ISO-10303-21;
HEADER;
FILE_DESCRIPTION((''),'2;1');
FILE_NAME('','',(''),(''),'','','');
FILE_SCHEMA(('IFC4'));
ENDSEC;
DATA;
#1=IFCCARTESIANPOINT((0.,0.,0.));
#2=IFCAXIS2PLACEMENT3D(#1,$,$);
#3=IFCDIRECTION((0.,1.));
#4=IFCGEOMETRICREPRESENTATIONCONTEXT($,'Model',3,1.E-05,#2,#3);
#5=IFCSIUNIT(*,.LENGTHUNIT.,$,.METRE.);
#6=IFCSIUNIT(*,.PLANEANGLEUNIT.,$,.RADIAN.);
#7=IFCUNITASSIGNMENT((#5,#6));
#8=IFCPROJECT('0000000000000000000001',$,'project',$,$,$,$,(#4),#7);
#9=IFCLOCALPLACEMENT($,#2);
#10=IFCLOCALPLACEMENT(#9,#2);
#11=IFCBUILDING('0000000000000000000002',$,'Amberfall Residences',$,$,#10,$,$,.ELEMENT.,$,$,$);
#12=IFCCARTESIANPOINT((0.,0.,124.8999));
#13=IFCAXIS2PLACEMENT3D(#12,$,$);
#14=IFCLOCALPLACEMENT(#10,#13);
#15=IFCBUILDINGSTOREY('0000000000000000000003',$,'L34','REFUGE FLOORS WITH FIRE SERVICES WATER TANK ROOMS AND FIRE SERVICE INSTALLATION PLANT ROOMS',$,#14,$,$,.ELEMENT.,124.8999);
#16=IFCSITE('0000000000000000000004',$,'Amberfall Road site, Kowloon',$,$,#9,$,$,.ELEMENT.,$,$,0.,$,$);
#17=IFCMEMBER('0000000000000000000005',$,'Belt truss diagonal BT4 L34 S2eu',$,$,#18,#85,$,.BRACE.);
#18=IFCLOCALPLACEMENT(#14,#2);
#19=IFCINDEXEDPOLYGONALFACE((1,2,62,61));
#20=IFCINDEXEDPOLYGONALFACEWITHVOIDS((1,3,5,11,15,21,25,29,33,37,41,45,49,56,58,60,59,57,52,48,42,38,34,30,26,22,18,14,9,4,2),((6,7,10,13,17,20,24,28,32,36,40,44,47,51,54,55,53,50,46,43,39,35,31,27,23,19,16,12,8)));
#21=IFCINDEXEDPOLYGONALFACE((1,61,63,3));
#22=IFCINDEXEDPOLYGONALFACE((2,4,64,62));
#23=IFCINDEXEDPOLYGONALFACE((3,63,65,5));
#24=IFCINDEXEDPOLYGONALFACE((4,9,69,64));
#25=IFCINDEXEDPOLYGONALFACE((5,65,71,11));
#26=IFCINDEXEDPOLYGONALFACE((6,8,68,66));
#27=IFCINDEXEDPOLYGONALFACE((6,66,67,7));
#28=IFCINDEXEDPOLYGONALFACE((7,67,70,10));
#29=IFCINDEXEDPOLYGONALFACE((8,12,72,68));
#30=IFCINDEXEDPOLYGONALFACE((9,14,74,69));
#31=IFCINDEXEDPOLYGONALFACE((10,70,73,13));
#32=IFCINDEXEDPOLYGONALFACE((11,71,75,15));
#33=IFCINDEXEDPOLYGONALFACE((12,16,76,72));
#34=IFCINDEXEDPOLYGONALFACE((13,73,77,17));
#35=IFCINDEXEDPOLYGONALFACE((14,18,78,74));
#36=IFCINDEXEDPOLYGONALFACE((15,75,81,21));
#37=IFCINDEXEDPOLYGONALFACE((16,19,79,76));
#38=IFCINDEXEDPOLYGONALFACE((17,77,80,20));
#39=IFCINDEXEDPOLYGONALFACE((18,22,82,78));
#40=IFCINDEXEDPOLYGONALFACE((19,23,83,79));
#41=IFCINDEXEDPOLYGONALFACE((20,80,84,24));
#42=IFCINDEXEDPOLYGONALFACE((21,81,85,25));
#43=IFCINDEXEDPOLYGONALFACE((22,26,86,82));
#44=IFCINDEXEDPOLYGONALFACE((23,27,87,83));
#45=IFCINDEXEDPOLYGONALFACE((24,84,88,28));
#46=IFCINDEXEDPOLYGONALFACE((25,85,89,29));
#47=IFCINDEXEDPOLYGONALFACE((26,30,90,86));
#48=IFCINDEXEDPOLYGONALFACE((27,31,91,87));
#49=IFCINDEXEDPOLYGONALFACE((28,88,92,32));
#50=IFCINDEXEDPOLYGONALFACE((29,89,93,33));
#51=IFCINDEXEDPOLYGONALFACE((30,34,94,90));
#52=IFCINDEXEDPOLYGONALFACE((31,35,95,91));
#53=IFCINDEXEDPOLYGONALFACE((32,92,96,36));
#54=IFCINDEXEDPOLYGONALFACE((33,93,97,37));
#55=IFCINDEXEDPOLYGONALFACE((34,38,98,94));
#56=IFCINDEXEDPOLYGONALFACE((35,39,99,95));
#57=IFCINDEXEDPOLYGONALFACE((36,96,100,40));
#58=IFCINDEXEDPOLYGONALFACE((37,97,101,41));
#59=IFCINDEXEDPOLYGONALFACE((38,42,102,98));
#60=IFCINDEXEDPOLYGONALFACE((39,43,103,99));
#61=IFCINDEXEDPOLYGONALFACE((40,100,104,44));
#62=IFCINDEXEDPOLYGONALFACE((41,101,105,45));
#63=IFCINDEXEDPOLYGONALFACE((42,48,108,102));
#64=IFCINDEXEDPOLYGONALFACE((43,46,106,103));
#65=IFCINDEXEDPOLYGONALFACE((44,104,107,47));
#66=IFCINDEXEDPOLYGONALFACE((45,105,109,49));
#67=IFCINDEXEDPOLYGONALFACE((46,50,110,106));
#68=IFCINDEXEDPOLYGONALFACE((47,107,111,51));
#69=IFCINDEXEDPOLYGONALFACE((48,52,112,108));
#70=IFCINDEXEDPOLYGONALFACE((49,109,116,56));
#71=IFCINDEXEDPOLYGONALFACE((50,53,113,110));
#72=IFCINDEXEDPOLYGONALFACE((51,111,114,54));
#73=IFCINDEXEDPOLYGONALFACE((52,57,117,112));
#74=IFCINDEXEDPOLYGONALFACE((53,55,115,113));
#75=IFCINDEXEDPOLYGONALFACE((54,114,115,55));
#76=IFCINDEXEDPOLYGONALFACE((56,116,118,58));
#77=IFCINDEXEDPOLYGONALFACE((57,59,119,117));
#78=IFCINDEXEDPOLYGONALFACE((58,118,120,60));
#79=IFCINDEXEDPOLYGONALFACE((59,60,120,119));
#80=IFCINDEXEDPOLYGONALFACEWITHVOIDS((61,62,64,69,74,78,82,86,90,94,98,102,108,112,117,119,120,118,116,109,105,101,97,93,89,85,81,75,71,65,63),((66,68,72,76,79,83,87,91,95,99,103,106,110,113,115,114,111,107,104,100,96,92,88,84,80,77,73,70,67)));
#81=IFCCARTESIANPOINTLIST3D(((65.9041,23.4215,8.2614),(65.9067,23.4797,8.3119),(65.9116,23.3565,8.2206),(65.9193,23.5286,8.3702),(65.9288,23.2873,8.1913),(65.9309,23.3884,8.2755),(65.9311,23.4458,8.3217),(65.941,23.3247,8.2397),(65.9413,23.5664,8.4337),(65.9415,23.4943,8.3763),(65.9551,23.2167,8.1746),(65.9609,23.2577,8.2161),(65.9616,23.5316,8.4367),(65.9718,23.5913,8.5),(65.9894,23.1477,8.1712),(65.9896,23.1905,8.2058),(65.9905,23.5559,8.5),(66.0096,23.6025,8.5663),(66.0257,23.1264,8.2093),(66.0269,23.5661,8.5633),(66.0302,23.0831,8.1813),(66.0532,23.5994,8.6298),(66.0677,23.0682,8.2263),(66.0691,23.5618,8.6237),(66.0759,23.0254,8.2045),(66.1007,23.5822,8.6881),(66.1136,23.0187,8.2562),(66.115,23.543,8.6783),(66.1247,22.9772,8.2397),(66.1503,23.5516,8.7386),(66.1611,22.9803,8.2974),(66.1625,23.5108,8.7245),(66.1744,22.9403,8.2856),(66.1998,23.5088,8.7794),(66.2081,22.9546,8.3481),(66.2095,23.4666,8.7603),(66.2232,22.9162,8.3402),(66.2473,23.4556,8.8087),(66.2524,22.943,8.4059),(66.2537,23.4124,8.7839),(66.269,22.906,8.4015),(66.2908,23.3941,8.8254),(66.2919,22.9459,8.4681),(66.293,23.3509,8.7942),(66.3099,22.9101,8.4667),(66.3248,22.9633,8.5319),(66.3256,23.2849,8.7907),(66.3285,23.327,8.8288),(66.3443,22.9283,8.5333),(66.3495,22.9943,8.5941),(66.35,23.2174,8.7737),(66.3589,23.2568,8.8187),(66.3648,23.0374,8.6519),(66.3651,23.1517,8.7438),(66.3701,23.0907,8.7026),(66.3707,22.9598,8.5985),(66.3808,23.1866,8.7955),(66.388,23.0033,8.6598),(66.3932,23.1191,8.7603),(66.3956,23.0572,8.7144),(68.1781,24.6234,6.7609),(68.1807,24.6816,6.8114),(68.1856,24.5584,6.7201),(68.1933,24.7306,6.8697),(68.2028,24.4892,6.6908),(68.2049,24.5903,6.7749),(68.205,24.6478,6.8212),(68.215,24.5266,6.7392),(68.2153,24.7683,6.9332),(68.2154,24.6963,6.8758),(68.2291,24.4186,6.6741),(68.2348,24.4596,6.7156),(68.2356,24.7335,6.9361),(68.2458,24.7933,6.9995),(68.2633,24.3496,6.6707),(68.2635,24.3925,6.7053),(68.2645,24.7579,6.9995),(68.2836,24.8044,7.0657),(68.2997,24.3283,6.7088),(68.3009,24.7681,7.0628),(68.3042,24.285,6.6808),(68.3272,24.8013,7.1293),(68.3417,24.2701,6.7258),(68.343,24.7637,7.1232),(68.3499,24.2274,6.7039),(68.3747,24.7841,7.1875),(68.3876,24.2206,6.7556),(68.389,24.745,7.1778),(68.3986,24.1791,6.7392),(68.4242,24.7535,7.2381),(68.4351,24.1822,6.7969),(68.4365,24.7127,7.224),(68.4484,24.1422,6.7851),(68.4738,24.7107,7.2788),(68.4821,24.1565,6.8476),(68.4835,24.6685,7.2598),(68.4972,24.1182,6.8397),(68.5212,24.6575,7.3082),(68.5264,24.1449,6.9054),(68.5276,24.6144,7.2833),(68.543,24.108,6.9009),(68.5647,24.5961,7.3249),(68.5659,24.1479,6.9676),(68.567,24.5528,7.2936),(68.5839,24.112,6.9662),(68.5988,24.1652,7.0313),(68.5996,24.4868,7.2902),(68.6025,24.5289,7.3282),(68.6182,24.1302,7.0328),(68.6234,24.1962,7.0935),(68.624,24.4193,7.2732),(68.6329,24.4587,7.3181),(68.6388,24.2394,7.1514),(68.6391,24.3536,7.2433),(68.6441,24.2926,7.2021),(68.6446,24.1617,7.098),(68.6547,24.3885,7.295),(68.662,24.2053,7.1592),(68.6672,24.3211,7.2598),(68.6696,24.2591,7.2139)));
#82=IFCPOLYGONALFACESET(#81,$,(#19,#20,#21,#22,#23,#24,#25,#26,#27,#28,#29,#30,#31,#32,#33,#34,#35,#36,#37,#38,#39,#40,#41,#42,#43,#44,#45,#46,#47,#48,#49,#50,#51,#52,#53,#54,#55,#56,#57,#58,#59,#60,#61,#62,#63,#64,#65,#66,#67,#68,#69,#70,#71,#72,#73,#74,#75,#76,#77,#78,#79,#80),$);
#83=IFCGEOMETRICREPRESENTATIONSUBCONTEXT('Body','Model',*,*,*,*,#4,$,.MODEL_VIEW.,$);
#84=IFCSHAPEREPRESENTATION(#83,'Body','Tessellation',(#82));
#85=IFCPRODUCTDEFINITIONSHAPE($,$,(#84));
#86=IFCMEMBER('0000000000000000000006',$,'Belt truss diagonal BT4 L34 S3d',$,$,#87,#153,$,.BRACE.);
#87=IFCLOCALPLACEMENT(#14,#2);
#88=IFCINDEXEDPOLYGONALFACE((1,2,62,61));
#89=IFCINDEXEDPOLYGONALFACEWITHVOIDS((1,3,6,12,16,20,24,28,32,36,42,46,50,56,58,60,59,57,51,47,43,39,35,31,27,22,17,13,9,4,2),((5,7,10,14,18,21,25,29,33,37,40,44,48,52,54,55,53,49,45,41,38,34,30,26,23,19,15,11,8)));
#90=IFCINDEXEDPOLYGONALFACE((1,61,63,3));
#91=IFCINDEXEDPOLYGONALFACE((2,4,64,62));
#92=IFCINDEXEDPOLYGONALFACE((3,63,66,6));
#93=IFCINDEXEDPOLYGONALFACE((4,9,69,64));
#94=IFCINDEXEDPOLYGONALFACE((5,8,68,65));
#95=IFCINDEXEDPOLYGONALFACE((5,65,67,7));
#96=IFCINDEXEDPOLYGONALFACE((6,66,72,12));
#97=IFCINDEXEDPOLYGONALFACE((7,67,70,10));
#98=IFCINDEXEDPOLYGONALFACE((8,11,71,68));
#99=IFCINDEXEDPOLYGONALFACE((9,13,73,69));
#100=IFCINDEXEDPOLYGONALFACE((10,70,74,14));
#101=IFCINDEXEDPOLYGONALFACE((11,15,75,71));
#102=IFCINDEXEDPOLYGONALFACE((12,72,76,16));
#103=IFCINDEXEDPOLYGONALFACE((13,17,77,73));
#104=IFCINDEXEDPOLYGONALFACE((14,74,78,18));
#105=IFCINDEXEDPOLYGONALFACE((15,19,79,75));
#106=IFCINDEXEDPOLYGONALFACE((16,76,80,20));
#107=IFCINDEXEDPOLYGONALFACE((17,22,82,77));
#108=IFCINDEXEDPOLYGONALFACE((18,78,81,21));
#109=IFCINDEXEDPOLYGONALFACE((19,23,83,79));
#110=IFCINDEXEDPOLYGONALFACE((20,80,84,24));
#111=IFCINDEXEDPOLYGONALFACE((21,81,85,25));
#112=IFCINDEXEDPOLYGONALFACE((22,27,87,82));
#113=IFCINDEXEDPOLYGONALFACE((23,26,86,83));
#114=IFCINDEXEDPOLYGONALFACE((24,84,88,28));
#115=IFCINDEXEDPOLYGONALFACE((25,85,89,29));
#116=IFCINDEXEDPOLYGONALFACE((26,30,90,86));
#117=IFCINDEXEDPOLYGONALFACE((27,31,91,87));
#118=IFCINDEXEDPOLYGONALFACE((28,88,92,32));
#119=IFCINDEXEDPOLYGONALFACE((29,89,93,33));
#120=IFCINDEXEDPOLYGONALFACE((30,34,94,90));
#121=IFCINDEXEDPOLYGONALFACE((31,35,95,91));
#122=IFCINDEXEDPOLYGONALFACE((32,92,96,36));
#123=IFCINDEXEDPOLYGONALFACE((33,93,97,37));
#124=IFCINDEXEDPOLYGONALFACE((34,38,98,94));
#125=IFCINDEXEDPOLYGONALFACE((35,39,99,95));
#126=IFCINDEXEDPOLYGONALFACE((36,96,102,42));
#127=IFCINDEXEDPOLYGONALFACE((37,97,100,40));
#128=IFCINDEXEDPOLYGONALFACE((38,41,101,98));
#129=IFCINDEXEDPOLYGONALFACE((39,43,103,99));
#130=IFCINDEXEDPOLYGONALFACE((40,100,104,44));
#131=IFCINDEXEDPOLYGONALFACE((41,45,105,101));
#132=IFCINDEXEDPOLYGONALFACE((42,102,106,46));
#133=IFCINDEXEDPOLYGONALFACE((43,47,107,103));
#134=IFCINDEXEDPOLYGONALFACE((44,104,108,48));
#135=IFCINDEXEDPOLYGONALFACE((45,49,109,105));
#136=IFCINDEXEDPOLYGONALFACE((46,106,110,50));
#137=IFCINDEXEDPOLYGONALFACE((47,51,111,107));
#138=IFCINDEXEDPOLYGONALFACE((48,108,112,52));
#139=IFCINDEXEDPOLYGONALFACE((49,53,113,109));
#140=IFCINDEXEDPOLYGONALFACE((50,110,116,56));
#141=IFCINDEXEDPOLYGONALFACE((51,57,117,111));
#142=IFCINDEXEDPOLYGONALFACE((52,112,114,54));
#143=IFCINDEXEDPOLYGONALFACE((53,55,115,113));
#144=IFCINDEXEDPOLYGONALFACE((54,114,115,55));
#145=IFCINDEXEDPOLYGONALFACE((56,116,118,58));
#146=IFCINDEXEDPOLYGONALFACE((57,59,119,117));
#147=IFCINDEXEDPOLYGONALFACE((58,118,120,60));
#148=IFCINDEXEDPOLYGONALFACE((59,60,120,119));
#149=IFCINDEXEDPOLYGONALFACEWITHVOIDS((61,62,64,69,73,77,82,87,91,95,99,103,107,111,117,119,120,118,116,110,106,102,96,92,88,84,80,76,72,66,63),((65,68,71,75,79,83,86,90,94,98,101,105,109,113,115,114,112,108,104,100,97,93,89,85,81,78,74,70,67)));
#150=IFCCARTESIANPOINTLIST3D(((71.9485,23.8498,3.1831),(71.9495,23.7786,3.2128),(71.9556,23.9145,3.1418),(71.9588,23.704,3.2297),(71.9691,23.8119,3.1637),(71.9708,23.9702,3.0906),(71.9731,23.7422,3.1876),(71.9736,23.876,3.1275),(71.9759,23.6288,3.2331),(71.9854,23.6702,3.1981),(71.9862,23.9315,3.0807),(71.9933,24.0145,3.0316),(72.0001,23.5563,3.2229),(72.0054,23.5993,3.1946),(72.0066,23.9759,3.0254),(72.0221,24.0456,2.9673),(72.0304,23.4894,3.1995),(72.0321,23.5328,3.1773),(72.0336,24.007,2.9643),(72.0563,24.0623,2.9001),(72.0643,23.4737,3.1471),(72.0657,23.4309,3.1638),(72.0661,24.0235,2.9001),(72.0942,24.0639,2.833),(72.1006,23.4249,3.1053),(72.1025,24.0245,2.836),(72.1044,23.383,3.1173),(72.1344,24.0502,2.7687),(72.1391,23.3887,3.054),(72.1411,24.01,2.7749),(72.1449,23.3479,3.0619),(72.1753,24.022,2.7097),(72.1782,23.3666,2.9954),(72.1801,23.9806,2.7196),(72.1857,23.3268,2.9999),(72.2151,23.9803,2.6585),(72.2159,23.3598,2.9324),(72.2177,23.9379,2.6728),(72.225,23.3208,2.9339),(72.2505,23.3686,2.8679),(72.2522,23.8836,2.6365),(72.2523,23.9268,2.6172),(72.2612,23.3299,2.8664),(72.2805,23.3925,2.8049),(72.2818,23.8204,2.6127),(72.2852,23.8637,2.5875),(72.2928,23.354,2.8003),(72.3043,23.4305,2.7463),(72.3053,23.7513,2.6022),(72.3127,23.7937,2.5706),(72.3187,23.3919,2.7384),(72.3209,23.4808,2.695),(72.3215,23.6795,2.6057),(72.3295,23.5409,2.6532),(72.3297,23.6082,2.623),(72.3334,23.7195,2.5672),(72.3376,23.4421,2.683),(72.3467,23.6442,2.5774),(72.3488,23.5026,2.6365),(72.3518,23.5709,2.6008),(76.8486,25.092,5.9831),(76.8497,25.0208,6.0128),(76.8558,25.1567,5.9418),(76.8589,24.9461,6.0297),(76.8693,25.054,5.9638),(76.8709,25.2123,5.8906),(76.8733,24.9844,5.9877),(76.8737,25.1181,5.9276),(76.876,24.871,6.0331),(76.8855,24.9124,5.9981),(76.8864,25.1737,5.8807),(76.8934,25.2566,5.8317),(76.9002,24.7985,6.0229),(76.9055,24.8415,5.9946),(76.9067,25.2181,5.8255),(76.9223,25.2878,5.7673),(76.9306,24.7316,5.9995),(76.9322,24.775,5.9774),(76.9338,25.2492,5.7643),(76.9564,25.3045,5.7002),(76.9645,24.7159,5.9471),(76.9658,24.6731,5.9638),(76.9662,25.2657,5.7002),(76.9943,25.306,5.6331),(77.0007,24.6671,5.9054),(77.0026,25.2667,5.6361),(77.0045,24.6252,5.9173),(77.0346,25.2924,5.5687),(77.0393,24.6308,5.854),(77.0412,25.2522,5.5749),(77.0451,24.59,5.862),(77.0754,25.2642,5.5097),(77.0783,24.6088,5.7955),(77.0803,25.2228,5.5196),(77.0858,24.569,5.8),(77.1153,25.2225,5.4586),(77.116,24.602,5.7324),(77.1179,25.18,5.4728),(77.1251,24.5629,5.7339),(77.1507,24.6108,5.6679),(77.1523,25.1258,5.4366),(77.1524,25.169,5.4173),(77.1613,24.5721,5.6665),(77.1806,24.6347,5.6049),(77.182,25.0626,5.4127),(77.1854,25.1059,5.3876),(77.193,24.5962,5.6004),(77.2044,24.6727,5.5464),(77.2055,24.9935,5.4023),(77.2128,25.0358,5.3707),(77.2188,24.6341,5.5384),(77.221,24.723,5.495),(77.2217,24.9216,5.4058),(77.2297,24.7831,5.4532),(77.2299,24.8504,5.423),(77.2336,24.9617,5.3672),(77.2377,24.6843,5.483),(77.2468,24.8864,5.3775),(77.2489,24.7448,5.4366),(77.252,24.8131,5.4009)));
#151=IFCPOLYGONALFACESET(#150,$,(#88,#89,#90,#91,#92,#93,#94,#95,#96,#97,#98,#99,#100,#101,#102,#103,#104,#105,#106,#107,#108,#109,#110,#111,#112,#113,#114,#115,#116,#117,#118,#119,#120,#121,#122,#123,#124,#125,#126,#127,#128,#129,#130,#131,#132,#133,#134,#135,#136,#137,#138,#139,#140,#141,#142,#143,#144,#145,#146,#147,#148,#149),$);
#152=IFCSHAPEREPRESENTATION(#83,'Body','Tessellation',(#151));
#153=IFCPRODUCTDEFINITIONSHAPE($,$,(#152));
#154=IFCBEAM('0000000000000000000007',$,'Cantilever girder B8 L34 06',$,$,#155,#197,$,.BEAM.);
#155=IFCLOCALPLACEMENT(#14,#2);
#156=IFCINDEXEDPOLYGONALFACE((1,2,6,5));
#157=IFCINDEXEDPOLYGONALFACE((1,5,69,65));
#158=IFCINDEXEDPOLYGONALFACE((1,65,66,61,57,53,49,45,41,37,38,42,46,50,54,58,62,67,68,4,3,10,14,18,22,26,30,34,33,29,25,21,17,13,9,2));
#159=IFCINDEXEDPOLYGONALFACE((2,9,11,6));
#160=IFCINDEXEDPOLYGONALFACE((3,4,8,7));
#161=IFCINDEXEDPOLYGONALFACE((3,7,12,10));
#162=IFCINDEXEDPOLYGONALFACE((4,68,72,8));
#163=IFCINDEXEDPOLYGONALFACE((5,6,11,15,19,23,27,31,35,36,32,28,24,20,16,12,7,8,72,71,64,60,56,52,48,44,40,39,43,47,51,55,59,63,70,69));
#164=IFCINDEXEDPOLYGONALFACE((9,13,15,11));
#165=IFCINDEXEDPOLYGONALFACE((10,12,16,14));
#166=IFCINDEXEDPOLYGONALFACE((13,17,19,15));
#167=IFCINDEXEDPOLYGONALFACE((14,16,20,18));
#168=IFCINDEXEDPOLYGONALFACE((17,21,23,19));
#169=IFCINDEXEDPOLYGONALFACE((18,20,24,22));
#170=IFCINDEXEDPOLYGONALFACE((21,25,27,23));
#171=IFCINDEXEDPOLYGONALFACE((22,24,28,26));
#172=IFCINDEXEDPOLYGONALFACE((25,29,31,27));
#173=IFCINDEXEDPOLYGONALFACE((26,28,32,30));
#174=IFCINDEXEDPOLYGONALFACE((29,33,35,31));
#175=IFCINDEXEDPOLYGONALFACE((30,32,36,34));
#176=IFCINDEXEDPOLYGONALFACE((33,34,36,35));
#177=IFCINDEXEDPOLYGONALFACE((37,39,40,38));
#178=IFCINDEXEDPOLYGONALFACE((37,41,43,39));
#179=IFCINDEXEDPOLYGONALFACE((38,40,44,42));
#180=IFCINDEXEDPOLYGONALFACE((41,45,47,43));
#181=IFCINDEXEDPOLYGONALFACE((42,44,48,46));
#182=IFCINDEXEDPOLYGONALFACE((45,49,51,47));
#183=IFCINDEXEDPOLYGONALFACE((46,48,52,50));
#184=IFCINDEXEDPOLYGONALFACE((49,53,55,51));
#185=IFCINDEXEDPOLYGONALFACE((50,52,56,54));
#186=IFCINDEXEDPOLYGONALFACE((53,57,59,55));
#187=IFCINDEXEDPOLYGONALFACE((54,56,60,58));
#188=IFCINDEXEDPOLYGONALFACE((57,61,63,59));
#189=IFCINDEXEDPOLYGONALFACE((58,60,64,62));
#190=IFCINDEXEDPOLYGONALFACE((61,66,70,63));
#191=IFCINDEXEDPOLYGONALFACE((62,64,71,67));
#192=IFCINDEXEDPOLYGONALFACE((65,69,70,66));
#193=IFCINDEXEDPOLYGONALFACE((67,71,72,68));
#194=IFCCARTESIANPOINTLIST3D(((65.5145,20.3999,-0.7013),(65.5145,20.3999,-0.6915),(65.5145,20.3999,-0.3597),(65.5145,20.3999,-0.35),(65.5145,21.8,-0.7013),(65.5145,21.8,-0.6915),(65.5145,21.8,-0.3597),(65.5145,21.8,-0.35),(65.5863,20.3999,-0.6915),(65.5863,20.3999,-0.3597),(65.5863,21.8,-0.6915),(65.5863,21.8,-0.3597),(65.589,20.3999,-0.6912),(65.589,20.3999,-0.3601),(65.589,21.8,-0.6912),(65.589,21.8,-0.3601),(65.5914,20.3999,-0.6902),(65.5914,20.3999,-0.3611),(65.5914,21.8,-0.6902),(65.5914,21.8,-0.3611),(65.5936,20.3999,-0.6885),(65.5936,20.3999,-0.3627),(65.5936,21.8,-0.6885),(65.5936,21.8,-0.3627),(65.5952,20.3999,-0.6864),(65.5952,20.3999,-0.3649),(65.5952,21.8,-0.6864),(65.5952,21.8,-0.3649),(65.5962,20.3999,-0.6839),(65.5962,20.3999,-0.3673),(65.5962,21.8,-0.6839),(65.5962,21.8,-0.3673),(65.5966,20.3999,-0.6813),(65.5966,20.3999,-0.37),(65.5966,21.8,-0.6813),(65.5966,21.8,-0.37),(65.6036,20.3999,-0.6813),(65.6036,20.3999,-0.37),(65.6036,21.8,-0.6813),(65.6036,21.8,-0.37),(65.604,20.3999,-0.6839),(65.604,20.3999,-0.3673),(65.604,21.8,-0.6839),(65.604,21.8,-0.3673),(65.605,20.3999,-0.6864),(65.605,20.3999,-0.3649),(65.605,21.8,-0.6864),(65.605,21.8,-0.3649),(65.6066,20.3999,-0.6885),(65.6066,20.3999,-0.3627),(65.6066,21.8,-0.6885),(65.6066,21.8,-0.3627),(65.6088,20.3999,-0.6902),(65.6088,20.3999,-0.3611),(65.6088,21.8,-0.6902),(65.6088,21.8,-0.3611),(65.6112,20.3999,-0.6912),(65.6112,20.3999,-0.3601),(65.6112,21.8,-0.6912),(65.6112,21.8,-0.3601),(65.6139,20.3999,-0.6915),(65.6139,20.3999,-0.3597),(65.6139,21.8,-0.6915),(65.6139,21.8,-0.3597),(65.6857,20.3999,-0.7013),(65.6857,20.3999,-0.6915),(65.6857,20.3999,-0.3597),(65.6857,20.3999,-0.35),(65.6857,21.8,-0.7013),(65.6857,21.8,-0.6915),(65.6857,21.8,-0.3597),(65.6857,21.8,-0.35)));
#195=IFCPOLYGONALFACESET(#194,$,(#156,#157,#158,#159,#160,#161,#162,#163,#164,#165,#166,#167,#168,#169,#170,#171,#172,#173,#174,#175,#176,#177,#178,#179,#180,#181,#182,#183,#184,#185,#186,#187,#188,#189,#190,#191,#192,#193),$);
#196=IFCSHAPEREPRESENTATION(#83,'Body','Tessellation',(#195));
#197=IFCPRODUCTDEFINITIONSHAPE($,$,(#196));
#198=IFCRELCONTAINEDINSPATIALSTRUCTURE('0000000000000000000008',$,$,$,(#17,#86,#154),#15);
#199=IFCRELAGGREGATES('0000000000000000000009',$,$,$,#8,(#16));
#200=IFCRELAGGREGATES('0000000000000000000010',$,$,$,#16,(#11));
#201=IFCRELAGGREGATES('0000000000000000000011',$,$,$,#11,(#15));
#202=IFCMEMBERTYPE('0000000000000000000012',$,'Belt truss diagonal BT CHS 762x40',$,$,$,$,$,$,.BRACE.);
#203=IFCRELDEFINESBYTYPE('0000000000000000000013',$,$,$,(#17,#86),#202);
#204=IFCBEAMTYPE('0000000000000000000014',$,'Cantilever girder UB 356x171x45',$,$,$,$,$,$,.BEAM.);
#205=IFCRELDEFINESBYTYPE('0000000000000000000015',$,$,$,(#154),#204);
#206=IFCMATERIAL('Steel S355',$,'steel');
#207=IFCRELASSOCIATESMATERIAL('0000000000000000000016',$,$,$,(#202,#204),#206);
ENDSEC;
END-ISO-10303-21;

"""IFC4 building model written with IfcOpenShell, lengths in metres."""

from ifc_helpers import new_model, si_unit, direction, frame, origin, origin_2d, place, context, subcontext, project, spatial, hollow_circle, i_section, extrude, material, material_profile, profile_set, type_object, element, save


model = new_model("IFC4")

# Units and contexts
model_context = context("Model", 3, precision=1e-05, world=origin(), true_north=direction((0.0, 1.0)))
body_context = subcontext(model_context, "Body", "Model", "MODEL_VIEW")
ifc_project = project(units=[si_unit("LENGTHUNIT", "METRE"), si_unit("PLANEANGLEUNIT", "RADIAN")], contexts=[model_context])

# Site, building, storey
site_placement = place(None, origin())
site = spatial("IfcSite", under=ifc_project, at=site_placement, Name="Amberfall Road site, Kowloon", CompositionType="ELEMENT", RefElevation=0.0)
building_placement = place(site_placement, origin())
building = spatial("IfcBuilding", under=site, at=building_placement, Name="Amberfall Residences", CompositionType="ELEMENT")
storey_placement = place(building_placement, frame((0.0, 0.0, 124.8999)))
storey = spatial("IfcBuildingStorey", under=building, at=storey_placement, Name="L34", Description="REFUGE FLOORS WITH FIRE SERVICES WATER TANK ROOMS AND FIRE SERVICE INSTALLATION PLANT ROOMS", CompositionType="ELEMENT", Elevation=124.8999)

# Shared definitions
ifc_material_1 = material(Name="Steel S355", Category="steel")

# Members
ifc_material_profile_1 = material_profile(ifc_material_1, hollow_circle(Radius=0.3811, WallThickness=0.04, at=origin_2d()), Name="CHS 762x40")
ifc_profile_set_1 = profile_set([ifc_material_profile_1], Name="Steel S355")
member_type = type_object("IfcMemberType", Name="Belt truss diagonal BT CHS 762x40", PredefinedType="BRACE", material=ifc_profile_set_1)
member_1_placement = place(storey_placement, frame((66.1499, 23.2544, 8.5), z_axis=(0.763648, 0.403633, -0.503906), x_axis=(-0.467299, 0.884099, 0.0)))
element("IfcMember", 1, at=member_1_placement, inside=storey, type_object=member_type, Name="Belt truss diagonal BT4 L34 S2eu", PredefinedType="BRACE", context=body_context, shape_type="SweptSolid", body=[
    extrude(hollow_circle(Radius=0.3811, WallThickness=0.04, at=origin_2d()), origin(), (0.0, 0.0, 1.0), 2.9778),
])
member_2_placement = place(storey_placement, frame((72.1499, 23.6929, 2.9001), z_axis=(0.84795, 0.214955, 0.484537), x_axis=(-0.245727, 0.969339, 0.0)))
element("IfcMember", 2, at=member_2_placement, inside=storey, type_object=member_type, Name="Belt truss diagonal BT4 L34 S3d", PredefinedType="BRACE", context=body_context, shape_type="SweptSolid", body=[
    extrude(hollow_circle(Radius=0.3811, WallThickness=0.04, at=origin_2d()), origin(), (0.0, 0.0, 1.0), 5.7788),
])

# Beam
ifc_material_profile_2 = material_profile(ifc_material_1, i_section(OverallWidth=0.1711, OverallDepth=0.3513, WebThickness=0.0071, FlangeThickness=0.0098, FilletRadius=0.0103, at=origin_2d()), Name="UB 356x171x45")
ifc_profile_set_2 = profile_set([ifc_material_profile_2], Name="Steel S355")
beam_type_1 = type_object("IfcBeamType", Name="Cantilever girder UB 356x171x45", PredefinedType="BEAM", material=ifc_profile_set_2)
beam_1_placement = place(storey_placement, frame((65.6001, 21.8, -0.5256), z_axis=(0.0, -1.0, 0.0), x_axis=(1.0, 0.0, 0.0)))
element("IfcBeam", 3, at=beam_1_placement, inside=storey, type_object=beam_type_1, Name="Cantilever girder B8 L34 06", PredefinedType="BEAM", context=body_context, shape_type="SweptSolid", body=[
    extrude(i_section(OverallWidth=0.1711, OverallDepth=0.3513, WebThickness=0.0071, FlangeThickness=0.0098, FilletRadius=0.0103, at=origin_2d()), origin(), (0.0, 0.0, 1.0), 1.4001),
])

save(model, "model.ifc")
